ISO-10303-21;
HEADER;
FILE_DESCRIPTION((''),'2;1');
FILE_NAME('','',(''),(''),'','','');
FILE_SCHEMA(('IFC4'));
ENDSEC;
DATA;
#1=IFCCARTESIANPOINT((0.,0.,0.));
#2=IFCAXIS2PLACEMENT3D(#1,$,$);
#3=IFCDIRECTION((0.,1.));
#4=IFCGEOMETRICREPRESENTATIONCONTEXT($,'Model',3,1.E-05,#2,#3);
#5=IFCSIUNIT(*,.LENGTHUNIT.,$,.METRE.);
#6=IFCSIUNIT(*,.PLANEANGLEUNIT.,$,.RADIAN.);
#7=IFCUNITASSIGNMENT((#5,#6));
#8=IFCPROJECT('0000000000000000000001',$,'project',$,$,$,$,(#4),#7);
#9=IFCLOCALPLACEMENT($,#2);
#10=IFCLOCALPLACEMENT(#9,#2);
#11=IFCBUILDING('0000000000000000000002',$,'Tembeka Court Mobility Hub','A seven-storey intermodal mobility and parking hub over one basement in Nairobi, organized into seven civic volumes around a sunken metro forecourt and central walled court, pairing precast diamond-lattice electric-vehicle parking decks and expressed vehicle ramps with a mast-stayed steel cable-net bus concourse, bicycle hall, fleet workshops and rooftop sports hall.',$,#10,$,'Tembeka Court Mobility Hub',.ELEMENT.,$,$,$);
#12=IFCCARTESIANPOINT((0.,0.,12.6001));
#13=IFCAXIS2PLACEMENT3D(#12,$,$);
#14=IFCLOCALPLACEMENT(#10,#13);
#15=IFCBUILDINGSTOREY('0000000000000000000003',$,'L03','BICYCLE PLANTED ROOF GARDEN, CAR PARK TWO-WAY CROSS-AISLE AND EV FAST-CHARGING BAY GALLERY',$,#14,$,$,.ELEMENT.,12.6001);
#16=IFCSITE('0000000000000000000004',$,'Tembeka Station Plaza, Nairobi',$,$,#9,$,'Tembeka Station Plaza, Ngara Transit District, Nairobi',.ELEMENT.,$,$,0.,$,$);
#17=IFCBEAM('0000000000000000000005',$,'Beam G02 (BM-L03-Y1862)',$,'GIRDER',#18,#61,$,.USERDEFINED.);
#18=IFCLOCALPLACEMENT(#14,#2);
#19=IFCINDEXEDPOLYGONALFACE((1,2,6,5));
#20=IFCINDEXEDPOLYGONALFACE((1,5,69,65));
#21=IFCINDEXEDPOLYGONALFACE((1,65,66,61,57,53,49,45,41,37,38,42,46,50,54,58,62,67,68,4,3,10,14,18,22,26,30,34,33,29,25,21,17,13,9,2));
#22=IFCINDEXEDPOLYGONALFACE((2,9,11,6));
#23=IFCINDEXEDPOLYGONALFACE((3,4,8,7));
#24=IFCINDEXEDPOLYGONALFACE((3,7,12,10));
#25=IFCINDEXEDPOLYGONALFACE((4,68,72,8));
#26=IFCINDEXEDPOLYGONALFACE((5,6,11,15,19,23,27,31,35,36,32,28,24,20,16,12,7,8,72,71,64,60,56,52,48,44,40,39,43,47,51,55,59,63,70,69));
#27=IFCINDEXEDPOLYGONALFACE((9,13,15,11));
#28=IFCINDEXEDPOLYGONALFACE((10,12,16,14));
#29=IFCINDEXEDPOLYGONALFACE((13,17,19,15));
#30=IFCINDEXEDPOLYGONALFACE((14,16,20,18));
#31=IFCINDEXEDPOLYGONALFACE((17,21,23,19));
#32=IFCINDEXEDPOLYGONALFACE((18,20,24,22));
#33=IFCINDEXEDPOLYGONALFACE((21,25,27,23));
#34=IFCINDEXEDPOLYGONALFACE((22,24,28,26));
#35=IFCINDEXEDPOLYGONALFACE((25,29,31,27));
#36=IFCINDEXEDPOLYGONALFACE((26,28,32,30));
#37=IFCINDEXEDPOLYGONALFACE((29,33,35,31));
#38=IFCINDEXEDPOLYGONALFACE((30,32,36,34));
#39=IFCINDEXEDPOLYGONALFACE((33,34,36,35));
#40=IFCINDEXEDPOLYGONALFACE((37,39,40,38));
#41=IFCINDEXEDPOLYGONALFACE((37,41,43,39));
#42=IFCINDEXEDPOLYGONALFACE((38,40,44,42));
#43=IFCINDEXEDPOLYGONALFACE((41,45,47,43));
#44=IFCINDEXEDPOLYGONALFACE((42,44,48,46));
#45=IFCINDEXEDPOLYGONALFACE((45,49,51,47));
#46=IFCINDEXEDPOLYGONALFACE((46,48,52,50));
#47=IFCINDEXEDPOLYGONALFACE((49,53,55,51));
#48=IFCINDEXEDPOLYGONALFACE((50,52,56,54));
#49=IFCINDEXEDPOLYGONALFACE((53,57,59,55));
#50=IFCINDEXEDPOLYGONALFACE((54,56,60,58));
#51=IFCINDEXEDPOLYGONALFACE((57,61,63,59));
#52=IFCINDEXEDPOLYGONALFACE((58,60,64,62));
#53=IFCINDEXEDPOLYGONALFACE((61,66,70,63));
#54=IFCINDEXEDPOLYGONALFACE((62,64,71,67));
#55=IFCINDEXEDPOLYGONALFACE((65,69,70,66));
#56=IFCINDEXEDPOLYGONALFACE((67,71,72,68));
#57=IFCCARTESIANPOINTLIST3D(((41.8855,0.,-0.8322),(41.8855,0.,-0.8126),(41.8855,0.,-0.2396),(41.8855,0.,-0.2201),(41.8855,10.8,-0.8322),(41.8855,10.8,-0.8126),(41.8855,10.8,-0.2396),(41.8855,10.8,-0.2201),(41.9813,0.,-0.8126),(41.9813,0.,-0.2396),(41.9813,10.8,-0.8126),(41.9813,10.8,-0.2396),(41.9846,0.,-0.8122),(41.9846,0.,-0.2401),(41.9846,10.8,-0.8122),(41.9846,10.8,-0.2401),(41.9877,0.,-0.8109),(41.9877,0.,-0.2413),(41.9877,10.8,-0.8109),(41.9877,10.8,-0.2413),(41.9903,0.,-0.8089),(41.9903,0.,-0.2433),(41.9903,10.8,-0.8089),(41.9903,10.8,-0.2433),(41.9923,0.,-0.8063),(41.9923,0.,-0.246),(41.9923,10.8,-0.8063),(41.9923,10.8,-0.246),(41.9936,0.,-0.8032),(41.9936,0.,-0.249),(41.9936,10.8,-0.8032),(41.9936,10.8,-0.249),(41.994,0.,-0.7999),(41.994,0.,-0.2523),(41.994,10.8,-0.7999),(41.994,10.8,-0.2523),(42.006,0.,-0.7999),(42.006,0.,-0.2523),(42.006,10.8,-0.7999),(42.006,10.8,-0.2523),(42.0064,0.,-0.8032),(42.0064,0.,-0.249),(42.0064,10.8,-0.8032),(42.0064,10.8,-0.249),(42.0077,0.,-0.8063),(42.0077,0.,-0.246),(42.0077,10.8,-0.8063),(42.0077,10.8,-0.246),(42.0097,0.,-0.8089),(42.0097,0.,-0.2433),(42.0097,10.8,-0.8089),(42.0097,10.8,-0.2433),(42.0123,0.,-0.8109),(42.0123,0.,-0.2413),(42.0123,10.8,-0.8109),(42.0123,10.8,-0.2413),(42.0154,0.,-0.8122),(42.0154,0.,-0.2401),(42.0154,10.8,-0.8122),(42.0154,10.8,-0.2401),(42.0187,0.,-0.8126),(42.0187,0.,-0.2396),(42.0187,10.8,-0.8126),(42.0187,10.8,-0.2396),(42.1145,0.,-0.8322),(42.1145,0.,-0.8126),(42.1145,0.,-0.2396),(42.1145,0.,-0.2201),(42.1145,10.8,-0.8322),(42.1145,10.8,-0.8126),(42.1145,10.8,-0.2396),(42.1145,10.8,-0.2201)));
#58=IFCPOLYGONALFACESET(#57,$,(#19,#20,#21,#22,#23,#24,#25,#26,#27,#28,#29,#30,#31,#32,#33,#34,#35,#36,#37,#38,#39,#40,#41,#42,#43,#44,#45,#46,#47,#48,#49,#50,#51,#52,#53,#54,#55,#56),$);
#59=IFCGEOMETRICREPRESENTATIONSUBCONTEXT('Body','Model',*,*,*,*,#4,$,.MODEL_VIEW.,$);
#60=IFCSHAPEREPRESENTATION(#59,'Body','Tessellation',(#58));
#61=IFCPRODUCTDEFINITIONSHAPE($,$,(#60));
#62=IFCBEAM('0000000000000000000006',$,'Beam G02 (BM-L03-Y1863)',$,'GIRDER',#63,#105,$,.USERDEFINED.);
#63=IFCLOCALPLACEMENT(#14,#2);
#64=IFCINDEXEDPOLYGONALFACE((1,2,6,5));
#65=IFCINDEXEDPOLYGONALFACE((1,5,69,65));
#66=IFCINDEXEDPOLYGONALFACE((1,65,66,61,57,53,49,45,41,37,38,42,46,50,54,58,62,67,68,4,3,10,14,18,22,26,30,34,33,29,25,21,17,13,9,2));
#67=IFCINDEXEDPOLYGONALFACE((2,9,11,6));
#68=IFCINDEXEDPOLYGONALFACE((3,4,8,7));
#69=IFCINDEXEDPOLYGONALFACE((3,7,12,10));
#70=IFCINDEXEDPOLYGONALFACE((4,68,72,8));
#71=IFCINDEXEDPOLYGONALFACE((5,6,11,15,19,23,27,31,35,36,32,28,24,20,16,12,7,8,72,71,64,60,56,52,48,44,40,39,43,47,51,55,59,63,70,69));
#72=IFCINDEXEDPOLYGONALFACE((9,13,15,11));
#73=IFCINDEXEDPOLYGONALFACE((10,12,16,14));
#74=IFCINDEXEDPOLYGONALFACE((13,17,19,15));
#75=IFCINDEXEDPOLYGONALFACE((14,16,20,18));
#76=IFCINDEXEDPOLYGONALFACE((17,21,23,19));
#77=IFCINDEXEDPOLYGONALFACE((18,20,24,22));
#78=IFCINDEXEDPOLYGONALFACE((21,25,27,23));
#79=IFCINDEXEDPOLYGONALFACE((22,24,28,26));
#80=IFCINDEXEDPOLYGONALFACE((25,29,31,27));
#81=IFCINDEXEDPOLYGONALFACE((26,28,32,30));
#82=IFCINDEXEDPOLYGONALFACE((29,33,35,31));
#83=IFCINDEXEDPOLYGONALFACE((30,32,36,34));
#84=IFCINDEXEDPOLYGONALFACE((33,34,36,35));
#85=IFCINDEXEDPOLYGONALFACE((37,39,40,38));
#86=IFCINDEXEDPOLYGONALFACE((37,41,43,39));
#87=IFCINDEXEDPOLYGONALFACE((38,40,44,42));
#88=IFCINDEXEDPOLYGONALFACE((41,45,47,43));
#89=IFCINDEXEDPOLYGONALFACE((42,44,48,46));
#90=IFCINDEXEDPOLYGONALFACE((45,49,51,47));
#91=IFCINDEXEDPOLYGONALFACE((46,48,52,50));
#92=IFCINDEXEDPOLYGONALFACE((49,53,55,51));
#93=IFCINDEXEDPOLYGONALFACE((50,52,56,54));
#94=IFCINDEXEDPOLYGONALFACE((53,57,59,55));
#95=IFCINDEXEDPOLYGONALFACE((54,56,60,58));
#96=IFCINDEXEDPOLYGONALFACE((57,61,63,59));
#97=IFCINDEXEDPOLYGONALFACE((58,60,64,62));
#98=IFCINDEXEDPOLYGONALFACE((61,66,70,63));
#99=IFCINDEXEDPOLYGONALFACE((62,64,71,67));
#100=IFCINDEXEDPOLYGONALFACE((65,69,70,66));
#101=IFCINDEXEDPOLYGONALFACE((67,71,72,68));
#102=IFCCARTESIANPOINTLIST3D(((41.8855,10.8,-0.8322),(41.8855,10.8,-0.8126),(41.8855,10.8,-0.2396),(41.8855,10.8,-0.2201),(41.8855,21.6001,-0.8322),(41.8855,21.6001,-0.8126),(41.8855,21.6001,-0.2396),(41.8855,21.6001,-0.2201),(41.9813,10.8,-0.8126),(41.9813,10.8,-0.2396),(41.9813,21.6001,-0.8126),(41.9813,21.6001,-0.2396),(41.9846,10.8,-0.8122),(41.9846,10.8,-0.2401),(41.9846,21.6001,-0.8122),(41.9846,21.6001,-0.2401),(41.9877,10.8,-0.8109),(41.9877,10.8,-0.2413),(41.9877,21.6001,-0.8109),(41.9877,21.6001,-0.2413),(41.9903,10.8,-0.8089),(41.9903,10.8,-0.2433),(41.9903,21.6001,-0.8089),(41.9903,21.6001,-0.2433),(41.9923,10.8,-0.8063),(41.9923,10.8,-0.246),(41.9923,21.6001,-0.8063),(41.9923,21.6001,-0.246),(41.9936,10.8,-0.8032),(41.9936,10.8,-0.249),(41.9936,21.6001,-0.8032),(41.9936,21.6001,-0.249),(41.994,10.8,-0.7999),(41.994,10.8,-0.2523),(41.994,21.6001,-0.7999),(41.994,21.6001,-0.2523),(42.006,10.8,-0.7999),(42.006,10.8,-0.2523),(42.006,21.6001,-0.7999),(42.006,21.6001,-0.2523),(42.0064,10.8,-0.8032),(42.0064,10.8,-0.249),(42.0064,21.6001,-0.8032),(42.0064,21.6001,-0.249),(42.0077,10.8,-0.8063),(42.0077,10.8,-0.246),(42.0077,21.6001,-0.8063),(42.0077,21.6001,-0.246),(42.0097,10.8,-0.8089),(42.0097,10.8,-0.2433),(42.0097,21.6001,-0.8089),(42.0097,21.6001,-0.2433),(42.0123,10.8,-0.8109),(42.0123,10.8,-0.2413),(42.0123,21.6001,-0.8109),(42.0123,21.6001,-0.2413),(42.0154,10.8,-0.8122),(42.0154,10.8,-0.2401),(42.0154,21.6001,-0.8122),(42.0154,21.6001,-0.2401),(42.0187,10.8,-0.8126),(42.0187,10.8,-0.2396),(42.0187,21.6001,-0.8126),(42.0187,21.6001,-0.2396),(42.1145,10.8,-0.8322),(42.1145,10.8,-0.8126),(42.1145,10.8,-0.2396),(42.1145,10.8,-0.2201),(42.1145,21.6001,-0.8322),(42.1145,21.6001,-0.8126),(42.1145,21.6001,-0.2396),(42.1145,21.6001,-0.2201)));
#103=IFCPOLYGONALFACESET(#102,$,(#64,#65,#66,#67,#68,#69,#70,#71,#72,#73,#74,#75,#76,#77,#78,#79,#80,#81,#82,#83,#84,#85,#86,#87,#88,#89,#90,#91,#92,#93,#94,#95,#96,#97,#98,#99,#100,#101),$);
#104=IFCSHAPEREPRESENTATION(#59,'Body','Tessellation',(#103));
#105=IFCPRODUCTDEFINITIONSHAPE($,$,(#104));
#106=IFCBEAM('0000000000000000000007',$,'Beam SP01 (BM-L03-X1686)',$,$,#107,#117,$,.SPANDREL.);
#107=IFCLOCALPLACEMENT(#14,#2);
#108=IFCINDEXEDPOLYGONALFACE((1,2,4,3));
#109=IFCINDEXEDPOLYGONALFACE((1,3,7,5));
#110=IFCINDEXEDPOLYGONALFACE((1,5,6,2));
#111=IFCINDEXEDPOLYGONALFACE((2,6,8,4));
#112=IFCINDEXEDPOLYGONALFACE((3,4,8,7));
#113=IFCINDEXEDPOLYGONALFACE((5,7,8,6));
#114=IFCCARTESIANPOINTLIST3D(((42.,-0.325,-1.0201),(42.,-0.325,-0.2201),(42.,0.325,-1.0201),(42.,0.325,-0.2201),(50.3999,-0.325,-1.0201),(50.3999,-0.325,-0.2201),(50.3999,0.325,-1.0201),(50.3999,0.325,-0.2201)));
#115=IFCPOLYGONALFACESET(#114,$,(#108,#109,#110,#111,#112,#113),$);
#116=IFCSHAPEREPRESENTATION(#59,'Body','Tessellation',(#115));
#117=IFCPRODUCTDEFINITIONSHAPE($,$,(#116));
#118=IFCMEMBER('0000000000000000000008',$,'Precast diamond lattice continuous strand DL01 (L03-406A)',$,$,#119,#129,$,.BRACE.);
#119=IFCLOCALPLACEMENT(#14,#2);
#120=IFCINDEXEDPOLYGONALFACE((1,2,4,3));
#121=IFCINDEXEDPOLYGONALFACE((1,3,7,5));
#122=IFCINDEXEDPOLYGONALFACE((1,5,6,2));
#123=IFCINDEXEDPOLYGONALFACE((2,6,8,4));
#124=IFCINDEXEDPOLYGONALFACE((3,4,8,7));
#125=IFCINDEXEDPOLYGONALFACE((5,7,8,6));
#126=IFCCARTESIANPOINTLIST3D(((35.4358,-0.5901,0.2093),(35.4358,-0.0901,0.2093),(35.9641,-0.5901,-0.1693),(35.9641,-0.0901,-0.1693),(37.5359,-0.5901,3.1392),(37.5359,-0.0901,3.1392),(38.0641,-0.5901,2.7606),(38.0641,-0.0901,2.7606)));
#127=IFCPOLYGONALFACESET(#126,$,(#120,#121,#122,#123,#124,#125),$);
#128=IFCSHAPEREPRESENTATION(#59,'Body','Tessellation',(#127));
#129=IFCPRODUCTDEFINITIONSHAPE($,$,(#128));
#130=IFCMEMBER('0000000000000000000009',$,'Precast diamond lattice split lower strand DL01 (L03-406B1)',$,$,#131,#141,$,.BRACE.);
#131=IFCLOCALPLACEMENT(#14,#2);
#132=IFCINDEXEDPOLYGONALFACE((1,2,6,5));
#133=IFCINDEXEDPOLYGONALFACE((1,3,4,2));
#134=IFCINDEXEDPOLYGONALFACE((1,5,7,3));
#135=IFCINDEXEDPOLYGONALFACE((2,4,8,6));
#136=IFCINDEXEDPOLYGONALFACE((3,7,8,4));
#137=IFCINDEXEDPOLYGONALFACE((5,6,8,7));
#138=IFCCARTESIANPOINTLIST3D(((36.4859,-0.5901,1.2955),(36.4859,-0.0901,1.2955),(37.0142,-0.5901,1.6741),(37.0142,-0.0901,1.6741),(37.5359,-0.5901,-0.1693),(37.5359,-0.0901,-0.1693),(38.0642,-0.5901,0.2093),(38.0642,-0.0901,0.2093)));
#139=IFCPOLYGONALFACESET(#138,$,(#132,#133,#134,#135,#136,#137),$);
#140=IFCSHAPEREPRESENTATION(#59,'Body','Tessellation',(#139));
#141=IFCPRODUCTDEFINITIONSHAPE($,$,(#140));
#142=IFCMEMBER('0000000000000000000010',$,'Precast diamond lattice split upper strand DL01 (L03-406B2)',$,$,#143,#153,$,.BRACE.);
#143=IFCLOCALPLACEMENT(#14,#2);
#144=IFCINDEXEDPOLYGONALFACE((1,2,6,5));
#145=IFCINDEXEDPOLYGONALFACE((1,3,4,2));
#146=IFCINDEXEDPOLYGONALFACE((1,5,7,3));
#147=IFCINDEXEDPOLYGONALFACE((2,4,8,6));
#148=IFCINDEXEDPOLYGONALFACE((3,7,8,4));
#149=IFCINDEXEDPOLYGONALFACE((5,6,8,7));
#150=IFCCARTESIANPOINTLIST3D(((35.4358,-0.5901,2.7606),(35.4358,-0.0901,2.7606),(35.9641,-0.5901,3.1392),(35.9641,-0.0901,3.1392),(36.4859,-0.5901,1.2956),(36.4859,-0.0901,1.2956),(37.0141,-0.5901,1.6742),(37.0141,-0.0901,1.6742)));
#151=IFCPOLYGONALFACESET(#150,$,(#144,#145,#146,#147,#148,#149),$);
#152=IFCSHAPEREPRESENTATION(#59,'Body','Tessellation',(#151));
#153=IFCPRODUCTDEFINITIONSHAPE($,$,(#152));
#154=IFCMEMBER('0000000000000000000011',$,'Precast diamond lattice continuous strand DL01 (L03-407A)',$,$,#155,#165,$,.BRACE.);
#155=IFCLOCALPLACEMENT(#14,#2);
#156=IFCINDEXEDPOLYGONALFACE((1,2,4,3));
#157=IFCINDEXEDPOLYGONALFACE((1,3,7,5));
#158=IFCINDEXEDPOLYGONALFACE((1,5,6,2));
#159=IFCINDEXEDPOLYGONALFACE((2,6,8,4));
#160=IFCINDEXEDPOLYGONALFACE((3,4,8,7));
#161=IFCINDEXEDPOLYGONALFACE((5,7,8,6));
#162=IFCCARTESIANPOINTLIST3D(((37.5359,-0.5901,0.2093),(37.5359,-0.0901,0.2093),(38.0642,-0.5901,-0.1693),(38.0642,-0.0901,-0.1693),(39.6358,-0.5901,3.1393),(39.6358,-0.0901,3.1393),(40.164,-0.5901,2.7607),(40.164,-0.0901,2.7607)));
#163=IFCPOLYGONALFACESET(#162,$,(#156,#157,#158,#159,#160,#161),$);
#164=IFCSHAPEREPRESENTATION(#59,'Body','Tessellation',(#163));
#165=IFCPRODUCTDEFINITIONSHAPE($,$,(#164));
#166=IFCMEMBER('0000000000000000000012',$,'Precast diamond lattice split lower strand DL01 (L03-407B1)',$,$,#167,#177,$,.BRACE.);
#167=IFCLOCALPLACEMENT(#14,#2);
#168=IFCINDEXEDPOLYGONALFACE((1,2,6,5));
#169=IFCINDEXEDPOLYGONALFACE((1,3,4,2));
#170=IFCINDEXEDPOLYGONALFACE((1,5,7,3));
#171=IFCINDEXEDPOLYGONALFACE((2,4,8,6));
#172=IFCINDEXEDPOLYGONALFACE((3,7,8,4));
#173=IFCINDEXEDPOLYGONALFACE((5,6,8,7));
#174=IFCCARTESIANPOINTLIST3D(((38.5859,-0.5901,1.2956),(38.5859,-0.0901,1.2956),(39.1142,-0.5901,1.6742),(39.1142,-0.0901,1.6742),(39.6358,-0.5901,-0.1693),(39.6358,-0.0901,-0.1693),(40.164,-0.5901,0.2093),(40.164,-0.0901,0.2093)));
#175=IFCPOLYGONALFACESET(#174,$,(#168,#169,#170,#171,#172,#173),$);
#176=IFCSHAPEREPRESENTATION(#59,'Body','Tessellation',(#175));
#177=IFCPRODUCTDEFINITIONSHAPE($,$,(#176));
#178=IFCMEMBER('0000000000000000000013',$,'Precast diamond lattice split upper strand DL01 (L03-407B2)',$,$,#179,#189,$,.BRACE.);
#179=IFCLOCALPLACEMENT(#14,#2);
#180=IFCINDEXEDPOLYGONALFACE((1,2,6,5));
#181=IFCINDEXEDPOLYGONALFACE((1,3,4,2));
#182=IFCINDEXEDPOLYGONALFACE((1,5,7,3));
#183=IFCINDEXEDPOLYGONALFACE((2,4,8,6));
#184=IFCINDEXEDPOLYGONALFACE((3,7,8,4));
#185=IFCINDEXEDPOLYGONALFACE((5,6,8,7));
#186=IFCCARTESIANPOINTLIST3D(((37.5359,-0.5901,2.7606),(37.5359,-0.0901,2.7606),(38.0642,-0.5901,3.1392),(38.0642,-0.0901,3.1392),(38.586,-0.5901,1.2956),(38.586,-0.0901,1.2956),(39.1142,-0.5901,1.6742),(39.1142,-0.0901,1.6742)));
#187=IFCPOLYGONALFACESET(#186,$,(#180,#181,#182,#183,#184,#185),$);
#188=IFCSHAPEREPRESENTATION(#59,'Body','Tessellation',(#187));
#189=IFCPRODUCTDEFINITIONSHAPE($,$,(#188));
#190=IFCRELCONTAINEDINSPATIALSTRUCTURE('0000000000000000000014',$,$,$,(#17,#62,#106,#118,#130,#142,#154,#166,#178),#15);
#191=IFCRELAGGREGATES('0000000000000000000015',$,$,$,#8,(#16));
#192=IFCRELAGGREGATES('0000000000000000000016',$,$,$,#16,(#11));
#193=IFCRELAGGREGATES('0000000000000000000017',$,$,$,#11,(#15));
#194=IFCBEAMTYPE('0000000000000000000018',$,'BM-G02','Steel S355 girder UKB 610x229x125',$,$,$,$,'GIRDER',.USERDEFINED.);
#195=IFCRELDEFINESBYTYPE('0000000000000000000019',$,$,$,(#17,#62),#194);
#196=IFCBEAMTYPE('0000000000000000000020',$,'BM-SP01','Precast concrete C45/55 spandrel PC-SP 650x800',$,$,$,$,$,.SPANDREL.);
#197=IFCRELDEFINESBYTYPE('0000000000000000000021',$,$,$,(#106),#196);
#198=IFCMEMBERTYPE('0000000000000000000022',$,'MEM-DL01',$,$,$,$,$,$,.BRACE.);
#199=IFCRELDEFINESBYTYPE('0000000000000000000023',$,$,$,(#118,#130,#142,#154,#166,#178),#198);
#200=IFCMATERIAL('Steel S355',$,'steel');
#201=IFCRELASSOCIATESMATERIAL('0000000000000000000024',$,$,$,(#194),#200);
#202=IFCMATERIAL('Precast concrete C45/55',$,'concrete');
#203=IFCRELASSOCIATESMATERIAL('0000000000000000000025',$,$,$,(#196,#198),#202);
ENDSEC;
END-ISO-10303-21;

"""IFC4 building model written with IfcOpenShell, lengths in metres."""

from ifc_helpers import new_model, si_unit, direction, frame, origin, origin_2d, place, context, subcontext, project, spatial, rectangle, i_section, extrude, material, material_profile, profile_set, type_object, element, save


model = new_model("IFC4")

# Units and contexts
model_context = context("Model", 3, precision=1e-05, world=origin(), true_north=direction((0.0, 1.0)))
body_context = subcontext(model_context, "Body", "Model", "MODEL_VIEW")
ifc_project = project(units=[si_unit("LENGTHUNIT", "METRE"), si_unit("PLANEANGLEUNIT", "RADIAN")], contexts=[model_context])

# Site, building, storey
site_placement = place(None, origin())
site = spatial("IfcSite", under=ifc_project, at=site_placement, Name="Tembeka Station Plaza, Nairobi", LongName="Tembeka Station Plaza, Ngara Transit District, Nairobi", CompositionType="ELEMENT", RefElevation=0.0)
building_placement = place(site_placement, origin())
building = spatial("IfcBuilding", under=site, at=building_placement, Name="Tembeka Court Mobility Hub", Description="A seven-storey intermodal mobility and parking hub over one basement in Nairobi, organized into seven civic volumes around a sunken metro forecourt and central walled court, pairing precast diamond-lattice electric-vehicle parking decks and expressed vehicle ramps with a mast-stayed steel cable-net bus concourse, bicycle hall, fleet workshops and rooftop sports hall.", LongName="Tembeka Court Mobility Hub", CompositionType="ELEMENT")
storey_placement = place(building_placement, frame((0.0, 0.0, 12.6001)))
storey = spatial("IfcBuildingStorey", under=building, at=storey_placement, Name="L03", Description="BICYCLE PLANTED ROOF GARDEN, CAR PARK TWO-WAY CROSS-AISLE AND EV FAST-CHARGING BAY GALLERY", CompositionType="ELEMENT", Elevation=12.6001)

# Shared definitions
ifc_material_1 = material(Name="Steel S355", Category="steel")

# Beams
ifc_material_profile_1 = material_profile(ifc_material_1, i_section(OverallWidth=0.229, OverallDepth=0.6121, WebThickness=0.012, FlangeThickness=0.0195, FilletRadius=0.0127, at=origin_2d()), Name="UKB 610x229x125")
ifc_profile_set_1 = profile_set([ifc_material_profile_1], Name="Steel S355")
beam_type_1 = type_object("IfcBeamType", Name="BM-G02", Description="Steel S355 girder UKB 610x229x125", ElementType="GIRDER", PredefinedType="USERDEFINED", material=ifc_profile_set_1)
for number, where, z_axis, x_axis, name in (
    (1, (42.0, 0.0, -0.5261), (0.0, 1.0, 0.0), (-1.0, 0.0, 0.0), "Beam G02 (BM-L03-Y1862)"),
    (2, (42.0, 10.8, -0.5261), (0.0, 1.0, 0.0), (-1.0, 0.0, 0.0), "Beam G02 (BM-L03-Y1863)"),
):
    element("IfcBeam", number, at=place(storey_placement, frame(where, z_axis=z_axis, x_axis=x_axis)), inside=storey, type_object=beam_type_1, Name=name, ObjectType="GIRDER", PredefinedType="USERDEFINED", context=body_context, shape_type="SweptSolid", body=[
        extrude(i_section(OverallWidth=0.229, OverallDepth=0.6121, WebThickness=0.012, FlangeThickness=0.0195, FilletRadius=0.0127, at=origin_2d()), origin(), (0.0, 0.0, 1.0), 10.8),
    ])
ifc_material_2 = material(Name="Precast concrete C45/55", Category="concrete")
ifc_material_profile_2 = material_profile(ifc_material_2, rectangle(XDim=0.6499, YDim=0.8, at=origin_2d()), Name="PC-SP 650x800")
ifc_profile_set_2 = profile_set([ifc_material_profile_2], Name="Precast concrete C45/55")
beam_type_2 = type_object("IfcBeamType", Name="BM-SP01", Description="Precast concrete C45/55 spandrel PC-SP 650x800", PredefinedType="SPANDREL", material=ifc_profile_set_2)
beam_1_placement = place(storey_placement, frame((42.0, 0.0, -0.6201), z_axis=(1.0, 0.0, 0.0), x_axis=(0.0, 1.0, 0.0)))
element("IfcBeam", 3, at=beam_1_placement, inside=storey, type_object=beam_type_2, Name="Beam SP01 (BM-L03-X1686)", PredefinedType="SPANDREL", context=body_context, shape_type="SweptSolid", body=[
    extrude(rectangle(XDim=0.6499, YDim=0.8, at=origin_2d()), origin(), (0.0, 0.0, 1.0), 8.3999),
])

# Members
ifc_material_profile_3 = material_profile(ifc_material_2, rectangle(XDim=0.5, YDim=0.6499, at=origin_2d()), Name="PC-DIAG 500x650")
ifc_profile_set_3 = profile_set([ifc_material_profile_3], Name="Precast concrete C45/55")
member_type_1 = type_object("IfcMemberType", Name="MEM-DL01", PredefinedType="BRACE", material=ifc_profile_set_3)
member_1_placement = place(storey_placement, frame((35.7, -0.3401, 0.02), z_axis=(0.582576, 0.0, 0.812776), x_axis=(0.0, 1.0, 0.0)))
element("IfcMember", 4, at=member_1_placement, inside=storey, type_object=member_type_1, Name="Precast diamond lattice continuous strand DL01 (L03-406A)", PredefinedType="BRACE", context=body_context, shape_type="SweptSolid", body=[
    extrude(rectangle(XDim=0.5, YDim=0.6499, at=origin_2d()), origin(), (0.0, 0.0, 1.0), 3.6047),
])
member_2_placement = place(storey_placement, frame((37.8, -0.3401, 0.02), z_axis=(-0.582608, 0.0, 0.812753), x_axis=(0.0, -1.0, 0.0)))
element("IfcMember", 5, at=member_2_placement, inside=storey, type_object=member_type_1, Name="Precast diamond lattice split lower strand DL01 (L03-406B1)", PredefinedType="BRACE", context=body_context, shape_type="SweptSolid", body=[
    extrude(rectangle(XDim=0.5, YDim=0.6499, at=origin_2d()), origin(), (0.0, 0.0, 1.0), 1.8022),
])
member_3_placement = place(storey_placement, frame((36.75, -0.3401, 1.4849), z_axis=(-0.582544, 0.0, 0.812799), x_axis=(0.0, -1.0, 0.0)))
element("IfcMember", 6, at=member_3_placement, inside=storey, type_object=member_type_1, Name="Precast diamond lattice split upper strand DL01 (L03-406B2)", PredefinedType="BRACE", context=body_context, shape_type="SweptSolid", body=[
    extrude(rectangle(XDim=0.5, YDim=0.6499, at=origin_2d()), origin(), (0.0, 0.0, 1.0), 1.8025),
])
member_4_placement = place(storey_placement, frame((37.8, -0.3401, 0.02), z_axis=(0.582532, 0.0, 0.812808), x_axis=(0.0, 1.0, 0.0)))
element("IfcMember", 7, at=member_4_placement, inside=storey, type_object=member_type_1, Name="Precast diamond lattice continuous strand DL01 (L03-407A)", PredefinedType="BRACE", context=body_context, shape_type="SweptSolid", body=[
    extrude(rectangle(XDim=0.5, YDim=0.6499, at=origin_2d()), origin(), (0.0, 0.0, 1.0), 3.6047),
])
member_5_placement = place(storey_placement, frame((39.8999, -0.3401, 0.02), z_axis=(-0.582519, 0.0, 0.812817), x_axis=(0.0, -1.0, 0.0)))
element("IfcMember", 8, at=member_5_placement, inside=storey, type_object=member_type_1, Name="Precast diamond lattice split lower strand DL01 (L03-407B1)", PredefinedType="BRACE", context=body_context, shape_type="SweptSolid", body=[
    extrude(rectangle(XDim=0.5, YDim=0.6499, at=origin_2d()), origin(), (0.0, 0.0, 1.0), 1.8022),
])
member_6_placement = place(storey_placement, frame((38.8501, -0.3401, 1.4849), z_axis=(-0.582544, 0.0, 0.812799), x_axis=(0.0, -1.0, 0.0)))
element("IfcMember", 9, at=member_6_placement, inside=storey, type_object=member_type_1, Name="Precast diamond lattice split upper strand DL01 (L03-407B2)", PredefinedType="BRACE", context=body_context, shape_type="SweptSolid", body=[
    extrude(rectangle(XDim=0.5, YDim=0.6499, at=origin_2d()), origin(), (0.0, 0.0, 1.0), 1.8025),
])

save(model, "model.ifc")
